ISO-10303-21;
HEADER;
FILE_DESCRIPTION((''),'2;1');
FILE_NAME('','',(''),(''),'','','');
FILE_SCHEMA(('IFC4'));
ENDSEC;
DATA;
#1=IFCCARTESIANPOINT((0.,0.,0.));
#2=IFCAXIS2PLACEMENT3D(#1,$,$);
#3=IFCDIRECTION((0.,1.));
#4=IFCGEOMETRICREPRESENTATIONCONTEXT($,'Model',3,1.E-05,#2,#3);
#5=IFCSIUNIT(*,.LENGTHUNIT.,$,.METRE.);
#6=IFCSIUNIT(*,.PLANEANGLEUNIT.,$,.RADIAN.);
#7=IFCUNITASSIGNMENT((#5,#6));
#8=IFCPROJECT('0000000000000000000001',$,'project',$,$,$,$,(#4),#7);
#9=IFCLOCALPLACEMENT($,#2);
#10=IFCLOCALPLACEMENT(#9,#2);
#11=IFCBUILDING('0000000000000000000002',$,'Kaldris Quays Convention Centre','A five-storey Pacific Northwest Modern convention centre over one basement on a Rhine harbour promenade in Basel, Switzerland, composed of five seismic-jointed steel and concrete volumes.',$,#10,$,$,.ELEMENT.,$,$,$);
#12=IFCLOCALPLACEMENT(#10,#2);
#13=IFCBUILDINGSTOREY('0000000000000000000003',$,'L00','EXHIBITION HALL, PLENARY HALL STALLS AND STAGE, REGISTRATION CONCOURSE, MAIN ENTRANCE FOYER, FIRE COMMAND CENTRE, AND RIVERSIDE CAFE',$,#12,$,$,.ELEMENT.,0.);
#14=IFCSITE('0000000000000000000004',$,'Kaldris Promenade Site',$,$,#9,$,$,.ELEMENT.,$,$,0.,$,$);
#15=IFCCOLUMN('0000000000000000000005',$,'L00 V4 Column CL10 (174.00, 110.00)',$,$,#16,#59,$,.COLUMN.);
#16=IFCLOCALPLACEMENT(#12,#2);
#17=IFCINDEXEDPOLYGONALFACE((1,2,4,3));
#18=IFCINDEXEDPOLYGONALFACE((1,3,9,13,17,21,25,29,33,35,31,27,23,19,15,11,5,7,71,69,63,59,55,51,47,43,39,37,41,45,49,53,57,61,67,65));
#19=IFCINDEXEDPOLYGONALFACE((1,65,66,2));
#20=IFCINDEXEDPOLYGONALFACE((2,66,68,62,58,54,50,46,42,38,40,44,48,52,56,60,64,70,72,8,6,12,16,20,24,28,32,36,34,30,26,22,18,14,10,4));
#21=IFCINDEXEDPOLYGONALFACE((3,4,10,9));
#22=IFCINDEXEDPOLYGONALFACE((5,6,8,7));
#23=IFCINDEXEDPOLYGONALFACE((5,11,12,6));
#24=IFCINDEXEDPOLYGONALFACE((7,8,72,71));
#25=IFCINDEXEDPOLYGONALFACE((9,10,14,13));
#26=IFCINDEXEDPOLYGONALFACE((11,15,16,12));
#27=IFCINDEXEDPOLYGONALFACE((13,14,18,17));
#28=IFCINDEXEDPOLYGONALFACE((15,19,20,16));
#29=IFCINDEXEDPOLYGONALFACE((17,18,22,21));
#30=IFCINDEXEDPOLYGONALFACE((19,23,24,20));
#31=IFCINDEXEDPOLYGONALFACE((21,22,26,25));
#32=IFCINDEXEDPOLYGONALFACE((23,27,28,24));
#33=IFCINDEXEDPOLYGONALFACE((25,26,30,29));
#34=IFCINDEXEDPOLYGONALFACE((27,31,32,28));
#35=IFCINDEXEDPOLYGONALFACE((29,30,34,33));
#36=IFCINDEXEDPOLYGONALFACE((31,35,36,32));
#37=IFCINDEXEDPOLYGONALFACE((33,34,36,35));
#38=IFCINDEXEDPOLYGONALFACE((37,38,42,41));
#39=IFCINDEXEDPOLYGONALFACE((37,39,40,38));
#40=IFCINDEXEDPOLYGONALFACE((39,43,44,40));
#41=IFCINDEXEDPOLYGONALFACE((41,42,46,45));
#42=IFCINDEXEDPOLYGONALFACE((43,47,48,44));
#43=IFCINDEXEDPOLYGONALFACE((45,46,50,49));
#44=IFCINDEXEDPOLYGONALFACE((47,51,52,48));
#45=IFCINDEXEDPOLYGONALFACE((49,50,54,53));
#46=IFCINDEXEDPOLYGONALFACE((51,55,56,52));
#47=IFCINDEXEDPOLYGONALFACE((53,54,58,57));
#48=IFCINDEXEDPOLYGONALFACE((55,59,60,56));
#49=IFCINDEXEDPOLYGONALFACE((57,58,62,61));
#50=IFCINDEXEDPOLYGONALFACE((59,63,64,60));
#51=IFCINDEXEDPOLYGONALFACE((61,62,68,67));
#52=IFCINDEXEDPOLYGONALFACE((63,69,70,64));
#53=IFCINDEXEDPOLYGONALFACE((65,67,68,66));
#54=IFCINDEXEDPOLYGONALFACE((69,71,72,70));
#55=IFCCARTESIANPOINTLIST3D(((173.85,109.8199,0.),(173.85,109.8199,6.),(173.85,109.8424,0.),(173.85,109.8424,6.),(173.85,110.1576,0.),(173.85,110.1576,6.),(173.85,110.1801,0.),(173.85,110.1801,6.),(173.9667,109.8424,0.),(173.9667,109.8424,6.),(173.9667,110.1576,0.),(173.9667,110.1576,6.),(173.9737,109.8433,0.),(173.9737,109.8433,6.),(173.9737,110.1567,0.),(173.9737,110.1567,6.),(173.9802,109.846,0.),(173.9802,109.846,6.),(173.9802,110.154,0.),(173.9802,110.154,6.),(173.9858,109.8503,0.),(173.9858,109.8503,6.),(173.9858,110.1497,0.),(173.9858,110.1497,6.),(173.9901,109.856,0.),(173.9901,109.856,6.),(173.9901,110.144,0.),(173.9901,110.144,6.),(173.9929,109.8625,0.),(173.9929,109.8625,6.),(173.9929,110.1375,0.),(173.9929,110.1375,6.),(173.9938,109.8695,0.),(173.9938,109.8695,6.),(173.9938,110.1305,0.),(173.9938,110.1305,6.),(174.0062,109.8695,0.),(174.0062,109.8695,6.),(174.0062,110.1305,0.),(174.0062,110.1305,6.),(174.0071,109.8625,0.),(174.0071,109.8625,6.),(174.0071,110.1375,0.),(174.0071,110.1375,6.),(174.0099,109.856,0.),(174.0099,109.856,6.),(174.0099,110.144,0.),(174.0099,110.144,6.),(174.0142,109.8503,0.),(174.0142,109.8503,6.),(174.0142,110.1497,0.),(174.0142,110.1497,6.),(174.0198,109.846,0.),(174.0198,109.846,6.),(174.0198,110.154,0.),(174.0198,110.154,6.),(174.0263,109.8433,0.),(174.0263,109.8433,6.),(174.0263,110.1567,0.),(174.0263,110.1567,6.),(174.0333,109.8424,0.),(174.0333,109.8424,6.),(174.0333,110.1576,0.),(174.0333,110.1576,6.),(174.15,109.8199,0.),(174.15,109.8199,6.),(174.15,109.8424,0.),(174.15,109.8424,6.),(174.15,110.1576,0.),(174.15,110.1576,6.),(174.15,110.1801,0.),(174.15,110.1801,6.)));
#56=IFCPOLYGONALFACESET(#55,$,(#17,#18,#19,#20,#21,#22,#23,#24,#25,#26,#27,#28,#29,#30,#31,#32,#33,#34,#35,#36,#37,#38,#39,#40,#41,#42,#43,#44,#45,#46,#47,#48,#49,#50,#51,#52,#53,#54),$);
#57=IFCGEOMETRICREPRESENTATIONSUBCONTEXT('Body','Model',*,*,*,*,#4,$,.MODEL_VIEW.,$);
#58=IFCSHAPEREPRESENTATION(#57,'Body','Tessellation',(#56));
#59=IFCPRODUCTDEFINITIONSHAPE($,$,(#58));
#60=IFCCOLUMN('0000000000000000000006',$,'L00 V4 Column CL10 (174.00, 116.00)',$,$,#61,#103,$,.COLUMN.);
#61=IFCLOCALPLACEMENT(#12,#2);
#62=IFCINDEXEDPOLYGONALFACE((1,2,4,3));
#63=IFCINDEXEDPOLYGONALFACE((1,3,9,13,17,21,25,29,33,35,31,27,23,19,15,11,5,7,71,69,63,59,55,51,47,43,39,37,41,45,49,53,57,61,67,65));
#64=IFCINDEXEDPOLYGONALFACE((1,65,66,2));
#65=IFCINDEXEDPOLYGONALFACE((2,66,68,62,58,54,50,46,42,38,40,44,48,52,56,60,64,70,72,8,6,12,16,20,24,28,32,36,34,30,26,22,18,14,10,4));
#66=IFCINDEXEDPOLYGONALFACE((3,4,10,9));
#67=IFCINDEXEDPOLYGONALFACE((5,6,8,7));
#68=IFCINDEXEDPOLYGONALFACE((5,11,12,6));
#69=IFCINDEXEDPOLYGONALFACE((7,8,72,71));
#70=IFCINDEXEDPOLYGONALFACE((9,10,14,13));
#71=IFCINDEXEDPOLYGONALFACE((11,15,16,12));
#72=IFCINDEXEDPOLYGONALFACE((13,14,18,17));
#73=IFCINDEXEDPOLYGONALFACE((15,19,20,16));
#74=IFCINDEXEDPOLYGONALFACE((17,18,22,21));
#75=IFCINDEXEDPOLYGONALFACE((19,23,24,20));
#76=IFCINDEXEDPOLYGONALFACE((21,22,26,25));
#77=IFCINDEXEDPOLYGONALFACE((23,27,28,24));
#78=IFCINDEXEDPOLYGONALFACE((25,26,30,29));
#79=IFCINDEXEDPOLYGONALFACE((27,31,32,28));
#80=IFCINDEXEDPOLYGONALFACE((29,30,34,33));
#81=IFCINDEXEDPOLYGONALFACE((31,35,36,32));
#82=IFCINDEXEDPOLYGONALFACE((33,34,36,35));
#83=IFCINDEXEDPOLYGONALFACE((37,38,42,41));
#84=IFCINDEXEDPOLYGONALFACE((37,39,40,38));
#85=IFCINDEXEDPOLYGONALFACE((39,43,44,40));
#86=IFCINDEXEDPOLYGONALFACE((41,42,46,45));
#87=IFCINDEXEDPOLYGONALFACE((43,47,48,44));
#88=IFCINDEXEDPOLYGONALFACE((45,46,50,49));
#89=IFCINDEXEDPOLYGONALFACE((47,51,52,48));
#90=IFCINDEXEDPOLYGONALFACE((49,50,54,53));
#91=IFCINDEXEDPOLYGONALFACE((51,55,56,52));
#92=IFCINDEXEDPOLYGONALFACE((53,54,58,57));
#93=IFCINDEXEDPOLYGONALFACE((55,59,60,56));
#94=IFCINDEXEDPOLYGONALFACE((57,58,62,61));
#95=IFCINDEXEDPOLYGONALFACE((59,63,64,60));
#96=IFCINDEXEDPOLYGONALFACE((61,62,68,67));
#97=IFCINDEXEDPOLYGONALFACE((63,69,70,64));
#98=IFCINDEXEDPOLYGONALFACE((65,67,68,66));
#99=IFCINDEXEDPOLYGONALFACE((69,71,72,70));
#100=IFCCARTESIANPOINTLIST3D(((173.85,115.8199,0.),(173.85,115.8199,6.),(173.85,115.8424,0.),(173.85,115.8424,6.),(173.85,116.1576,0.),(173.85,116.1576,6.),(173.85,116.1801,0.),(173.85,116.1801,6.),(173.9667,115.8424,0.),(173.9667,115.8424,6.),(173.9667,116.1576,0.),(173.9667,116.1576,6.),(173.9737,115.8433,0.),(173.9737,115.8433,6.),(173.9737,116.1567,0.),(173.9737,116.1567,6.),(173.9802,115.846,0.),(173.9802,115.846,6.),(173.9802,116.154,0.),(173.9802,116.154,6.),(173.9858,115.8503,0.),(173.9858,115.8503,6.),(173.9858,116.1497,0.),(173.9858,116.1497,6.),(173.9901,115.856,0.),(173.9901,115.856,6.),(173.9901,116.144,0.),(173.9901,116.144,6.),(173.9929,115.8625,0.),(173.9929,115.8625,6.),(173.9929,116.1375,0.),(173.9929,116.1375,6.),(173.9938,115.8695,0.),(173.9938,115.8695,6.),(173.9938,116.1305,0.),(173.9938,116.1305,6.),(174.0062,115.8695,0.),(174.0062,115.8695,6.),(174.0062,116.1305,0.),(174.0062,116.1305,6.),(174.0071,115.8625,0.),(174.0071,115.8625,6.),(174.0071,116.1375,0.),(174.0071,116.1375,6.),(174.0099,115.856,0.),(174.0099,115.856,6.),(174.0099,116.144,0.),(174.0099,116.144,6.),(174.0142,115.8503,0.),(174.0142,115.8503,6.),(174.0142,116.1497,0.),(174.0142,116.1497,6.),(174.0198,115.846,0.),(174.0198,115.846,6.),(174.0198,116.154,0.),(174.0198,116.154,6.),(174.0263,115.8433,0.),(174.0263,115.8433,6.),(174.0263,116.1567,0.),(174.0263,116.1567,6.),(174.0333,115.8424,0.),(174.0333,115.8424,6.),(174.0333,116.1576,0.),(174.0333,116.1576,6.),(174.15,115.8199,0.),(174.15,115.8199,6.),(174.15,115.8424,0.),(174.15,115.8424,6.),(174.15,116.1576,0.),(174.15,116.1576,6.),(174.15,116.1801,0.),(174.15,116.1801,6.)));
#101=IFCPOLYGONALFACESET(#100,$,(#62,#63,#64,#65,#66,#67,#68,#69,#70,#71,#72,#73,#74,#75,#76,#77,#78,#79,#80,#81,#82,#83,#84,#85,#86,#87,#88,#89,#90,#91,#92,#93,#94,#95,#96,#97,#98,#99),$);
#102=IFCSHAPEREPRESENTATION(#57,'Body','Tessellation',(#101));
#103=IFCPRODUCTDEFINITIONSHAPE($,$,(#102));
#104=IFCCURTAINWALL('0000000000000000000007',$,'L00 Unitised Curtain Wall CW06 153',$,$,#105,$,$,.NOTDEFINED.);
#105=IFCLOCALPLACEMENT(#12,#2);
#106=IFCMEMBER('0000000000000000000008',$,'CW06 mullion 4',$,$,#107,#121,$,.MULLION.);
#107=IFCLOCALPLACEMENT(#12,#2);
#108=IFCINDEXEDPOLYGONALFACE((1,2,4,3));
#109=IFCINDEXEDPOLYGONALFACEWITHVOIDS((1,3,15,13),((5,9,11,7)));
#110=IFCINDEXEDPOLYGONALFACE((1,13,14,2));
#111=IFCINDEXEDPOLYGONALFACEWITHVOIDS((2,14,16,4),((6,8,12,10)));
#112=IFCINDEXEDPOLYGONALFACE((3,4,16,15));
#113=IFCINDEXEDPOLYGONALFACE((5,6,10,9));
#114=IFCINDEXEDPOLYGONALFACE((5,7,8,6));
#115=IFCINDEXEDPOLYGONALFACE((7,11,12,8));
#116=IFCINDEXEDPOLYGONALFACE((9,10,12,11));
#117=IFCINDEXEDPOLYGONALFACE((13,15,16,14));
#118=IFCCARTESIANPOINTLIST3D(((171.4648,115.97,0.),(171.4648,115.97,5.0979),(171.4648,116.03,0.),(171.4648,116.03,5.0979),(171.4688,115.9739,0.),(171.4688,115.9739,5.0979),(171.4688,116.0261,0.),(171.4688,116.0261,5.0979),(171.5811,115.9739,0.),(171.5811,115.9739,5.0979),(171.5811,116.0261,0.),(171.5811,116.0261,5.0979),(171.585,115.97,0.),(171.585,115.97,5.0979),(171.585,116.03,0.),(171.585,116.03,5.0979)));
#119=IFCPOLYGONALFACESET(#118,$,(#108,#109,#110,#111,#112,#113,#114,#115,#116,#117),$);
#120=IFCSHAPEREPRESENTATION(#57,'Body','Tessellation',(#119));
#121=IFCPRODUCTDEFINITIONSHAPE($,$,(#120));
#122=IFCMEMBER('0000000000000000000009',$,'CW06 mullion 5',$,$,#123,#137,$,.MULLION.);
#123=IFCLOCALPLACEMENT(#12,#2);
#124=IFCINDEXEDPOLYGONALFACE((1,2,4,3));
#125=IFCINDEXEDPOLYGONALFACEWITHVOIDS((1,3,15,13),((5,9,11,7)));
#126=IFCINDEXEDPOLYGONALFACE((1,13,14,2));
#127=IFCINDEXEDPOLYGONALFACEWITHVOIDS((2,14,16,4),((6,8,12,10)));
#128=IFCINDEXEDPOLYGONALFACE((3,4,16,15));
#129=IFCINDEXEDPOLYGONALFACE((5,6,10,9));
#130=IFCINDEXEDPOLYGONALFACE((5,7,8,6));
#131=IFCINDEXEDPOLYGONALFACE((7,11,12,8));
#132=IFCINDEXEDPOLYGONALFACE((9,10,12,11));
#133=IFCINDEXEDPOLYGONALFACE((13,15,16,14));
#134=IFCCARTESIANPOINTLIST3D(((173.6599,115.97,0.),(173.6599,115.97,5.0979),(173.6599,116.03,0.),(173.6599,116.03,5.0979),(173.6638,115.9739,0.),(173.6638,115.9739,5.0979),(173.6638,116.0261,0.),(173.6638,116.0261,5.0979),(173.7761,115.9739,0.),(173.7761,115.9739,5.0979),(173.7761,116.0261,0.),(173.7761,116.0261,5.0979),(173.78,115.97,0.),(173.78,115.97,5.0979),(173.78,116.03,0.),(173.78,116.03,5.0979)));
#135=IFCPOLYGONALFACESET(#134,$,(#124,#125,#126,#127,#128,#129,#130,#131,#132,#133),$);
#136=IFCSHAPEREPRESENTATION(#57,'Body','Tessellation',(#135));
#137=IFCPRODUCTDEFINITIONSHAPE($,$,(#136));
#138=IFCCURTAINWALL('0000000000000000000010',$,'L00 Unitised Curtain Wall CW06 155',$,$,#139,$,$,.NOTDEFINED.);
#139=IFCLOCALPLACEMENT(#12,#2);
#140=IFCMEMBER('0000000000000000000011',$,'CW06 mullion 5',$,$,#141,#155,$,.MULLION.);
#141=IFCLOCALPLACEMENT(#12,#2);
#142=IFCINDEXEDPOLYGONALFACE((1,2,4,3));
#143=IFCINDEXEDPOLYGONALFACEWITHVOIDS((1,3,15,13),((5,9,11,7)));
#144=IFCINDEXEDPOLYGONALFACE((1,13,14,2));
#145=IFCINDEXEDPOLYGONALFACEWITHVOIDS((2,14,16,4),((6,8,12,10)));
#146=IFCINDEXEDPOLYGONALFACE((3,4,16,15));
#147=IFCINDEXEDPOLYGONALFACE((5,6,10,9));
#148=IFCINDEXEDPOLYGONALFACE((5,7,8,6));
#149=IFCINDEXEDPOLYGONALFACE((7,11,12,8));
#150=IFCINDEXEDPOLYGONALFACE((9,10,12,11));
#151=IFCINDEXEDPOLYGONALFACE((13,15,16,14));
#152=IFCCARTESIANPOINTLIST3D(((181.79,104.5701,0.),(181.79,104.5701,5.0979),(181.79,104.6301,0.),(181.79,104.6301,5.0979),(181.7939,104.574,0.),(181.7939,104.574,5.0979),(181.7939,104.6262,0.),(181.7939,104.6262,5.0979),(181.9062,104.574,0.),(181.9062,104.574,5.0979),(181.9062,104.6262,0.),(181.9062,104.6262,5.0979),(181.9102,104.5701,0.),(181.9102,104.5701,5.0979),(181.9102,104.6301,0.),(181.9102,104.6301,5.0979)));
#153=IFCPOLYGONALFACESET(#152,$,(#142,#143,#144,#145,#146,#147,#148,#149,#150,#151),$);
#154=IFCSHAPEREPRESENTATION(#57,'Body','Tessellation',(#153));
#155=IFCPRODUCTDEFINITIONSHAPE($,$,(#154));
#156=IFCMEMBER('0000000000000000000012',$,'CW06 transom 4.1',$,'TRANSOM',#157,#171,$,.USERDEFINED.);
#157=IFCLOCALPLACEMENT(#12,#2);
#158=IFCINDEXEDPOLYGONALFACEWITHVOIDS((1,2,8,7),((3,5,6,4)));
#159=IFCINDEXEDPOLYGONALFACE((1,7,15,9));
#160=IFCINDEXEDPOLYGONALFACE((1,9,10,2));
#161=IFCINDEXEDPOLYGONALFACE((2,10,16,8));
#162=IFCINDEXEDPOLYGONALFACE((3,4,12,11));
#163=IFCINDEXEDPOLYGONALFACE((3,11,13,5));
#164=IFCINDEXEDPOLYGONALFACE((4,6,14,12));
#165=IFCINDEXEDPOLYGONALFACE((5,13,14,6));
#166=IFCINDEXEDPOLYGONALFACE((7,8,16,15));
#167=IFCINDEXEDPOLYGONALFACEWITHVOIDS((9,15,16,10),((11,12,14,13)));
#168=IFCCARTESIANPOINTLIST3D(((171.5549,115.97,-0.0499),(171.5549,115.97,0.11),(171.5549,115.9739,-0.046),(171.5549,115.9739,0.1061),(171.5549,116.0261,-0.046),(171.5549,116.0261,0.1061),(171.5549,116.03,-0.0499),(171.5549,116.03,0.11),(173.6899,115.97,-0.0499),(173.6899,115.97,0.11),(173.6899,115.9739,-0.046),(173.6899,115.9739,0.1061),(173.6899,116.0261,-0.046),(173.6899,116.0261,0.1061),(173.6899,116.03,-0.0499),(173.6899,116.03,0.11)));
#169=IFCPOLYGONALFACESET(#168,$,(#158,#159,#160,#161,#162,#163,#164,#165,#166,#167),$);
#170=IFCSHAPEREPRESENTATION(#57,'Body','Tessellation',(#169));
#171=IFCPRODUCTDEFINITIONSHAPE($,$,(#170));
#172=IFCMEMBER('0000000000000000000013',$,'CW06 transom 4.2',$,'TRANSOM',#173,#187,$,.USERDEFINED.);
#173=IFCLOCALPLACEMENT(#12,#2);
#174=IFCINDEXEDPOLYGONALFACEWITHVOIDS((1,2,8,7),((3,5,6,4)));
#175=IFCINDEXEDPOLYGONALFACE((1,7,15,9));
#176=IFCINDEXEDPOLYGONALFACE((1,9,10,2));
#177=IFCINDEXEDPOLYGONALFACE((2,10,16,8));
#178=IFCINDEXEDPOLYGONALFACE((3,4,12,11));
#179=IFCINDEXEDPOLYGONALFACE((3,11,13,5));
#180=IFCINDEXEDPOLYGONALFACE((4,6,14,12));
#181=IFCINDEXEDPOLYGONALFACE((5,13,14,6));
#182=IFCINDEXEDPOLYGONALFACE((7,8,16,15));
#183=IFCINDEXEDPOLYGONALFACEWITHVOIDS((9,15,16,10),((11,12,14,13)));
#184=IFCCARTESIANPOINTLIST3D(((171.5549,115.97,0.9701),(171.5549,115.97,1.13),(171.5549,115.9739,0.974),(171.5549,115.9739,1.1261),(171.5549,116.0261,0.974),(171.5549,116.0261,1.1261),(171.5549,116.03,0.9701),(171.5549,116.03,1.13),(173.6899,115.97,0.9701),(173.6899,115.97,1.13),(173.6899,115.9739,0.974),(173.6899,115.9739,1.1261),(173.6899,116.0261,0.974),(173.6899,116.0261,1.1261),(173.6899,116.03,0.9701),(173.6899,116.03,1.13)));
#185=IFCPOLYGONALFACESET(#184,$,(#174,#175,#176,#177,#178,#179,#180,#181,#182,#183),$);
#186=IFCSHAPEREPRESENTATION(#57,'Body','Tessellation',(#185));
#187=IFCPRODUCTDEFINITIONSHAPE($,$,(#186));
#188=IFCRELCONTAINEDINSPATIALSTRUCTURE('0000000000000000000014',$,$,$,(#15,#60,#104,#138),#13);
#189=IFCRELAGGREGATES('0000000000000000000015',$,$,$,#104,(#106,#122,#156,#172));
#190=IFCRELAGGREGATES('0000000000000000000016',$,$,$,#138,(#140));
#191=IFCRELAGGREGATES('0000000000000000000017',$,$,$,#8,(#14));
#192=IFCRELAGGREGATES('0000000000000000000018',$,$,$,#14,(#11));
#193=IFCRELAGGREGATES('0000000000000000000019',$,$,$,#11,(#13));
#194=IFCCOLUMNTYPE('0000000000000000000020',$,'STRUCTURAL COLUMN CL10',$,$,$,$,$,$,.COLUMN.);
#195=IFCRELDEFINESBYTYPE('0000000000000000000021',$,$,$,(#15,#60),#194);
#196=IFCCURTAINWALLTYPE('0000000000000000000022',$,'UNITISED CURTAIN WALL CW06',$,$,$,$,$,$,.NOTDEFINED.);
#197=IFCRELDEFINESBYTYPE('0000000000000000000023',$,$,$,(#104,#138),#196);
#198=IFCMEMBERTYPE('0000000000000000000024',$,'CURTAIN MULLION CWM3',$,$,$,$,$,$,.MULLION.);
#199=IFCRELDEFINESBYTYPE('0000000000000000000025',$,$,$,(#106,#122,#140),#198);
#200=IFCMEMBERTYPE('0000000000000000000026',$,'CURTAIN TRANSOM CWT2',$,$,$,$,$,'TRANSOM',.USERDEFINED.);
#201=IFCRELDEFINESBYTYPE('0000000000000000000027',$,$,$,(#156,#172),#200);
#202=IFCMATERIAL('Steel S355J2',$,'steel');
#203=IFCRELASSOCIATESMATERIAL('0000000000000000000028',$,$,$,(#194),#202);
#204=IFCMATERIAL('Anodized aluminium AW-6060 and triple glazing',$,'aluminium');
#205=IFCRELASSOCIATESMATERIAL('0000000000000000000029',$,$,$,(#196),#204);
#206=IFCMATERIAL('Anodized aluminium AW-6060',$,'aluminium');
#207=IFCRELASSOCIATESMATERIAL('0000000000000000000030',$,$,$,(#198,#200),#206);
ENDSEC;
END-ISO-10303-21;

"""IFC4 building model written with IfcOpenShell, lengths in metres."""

from ifc_helpers import new_model, si_unit, direction, frame, origin, origin_2d, place, context, subcontext, project, spatial, hollow_rectangle, i_section, extrude, material, material_profile, profile_set, type_object, element, aggregate, save


model = new_model("IFC4")

# Units and contexts
model_context = context("Model", 3, precision=1e-05, world=origin(), true_north=direction((0.0, 1.0)))
body_context = subcontext(model_context, "Body", "Model", "MODEL_VIEW")
ifc_project = project(units=[si_unit("LENGTHUNIT", "METRE"), si_unit("PLANEANGLEUNIT", "RADIAN")], contexts=[model_context])

# Site, building, storey
site_placement = place(None, origin())
site = spatial("IfcSite", under=ifc_project, at=site_placement, Name="Kaldris Promenade Site", CompositionType="ELEMENT", RefElevation=0.0)
building_placement = place(site_placement, origin())
building = spatial("IfcBuilding", under=site, at=building_placement, Name="Kaldris Quays Convention Centre", Description="A five-storey Pacific Northwest Modern convention centre over one basement on a Rhine harbour promenade in Basel, Switzerland, composed of five seismic-jointed steel and concrete volumes.", CompositionType="ELEMENT")
storey_placement = place(building_placement, origin())
storey = spatial("IfcBuildingStorey", under=building, at=storey_placement, Name="L00", Description="EXHIBITION HALL, PLENARY HALL STALLS AND STAGE, REGISTRATION CONCOURSE, MAIN ENTRANCE FOYER, FIRE COMMAND CENTRE, AND RIVERSIDE CAFE", CompositionType="ELEMENT", Elevation=0.0)

# Columns
ifc_material_1 = material(Name="Steel S355J2", Category="steel")
ifc_material_profile_1 = material_profile(ifc_material_1, i_section(OverallWidth=0.3, OverallDepth=0.3601, WebThickness=0.0125, FlangeThickness=0.0225, FilletRadius=0.0271, at=origin_2d()), Name="HEB 360")
ifc_profile_set_1 = profile_set([ifc_material_profile_1], Name="Steel S355J2")
column_type = type_object("IfcColumnType", Name="STRUCTURAL COLUMN CL10", PredefinedType="COLUMN", material=ifc_profile_set_1)
for number, where, z_axis, x_axis, name in (
    (1, (174.0, 110.0, 0.0), (0.0, 0.0, 1.0), (1.0, 0.0, 0.0), "L00 V4 Column CL10 (174.00, 110.00)"),
    (2, (174.0, 116.0, 0.0), (0.0, 0.0, 1.0), (1.0, 0.0, 0.0), "L00 V4 Column CL10 (174.00, 116.00)"),
):
    element("IfcColumn", number, at=place(storey_placement, frame(where, z_axis=z_axis, x_axis=x_axis)), inside=storey, type_object=column_type, Name=name, PredefinedType="COLUMN", context=body_context, shape_type="SweptSolid", body=[
        extrude(i_section(OverallWidth=0.3, OverallDepth=0.3601, WebThickness=0.0125, FlangeThickness=0.0225, FilletRadius=0.0271, at=origin_2d()), origin(), (0.0, 0.0, 1.0), 6.0),
    ])

# Curtain wall, members
ifc_material_2 = material(Name="Anodized aluminium AW-6060 and triple glazing", Category="aluminium")
curtain_wall_type = type_object("IfcCurtainWallType", Name="UNITISED CURTAIN WALL CW06", PredefinedType="NOTDEFINED", material=ifc_material_2)
curtain_wall_1_placement = place(storey_placement, origin())
curtain_wall_1 = element("IfcCurtainWall", 3, at=curtain_wall_1_placement, inside=storey, type_object=curtain_wall_type, Name="L00 Unitised Curtain Wall CW06 153", PredefinedType="NOTDEFINED")
ifc_material_3 = material(Name="Anodized aluminium AW-6060", Category="aluminium")
ifc_material_profile_2 = material_profile(ifc_material_3, hollow_rectangle(XDim=0.0601, YDim=0.1201, WallThickness=0.0039, at=origin_2d()), Name="RHS 120x60x4")
ifc_profile_set_2 = profile_set([ifc_material_profile_2], Name="Anodized aluminium AW-6060")
member_type_1 = type_object("IfcMemberType", Name="CURTAIN MULLION CWM3", PredefinedType="MULLION", material=ifc_profile_set_2)
member_1_placement = place(storey_placement, frame((171.5249, 116.0, 0.0), z_axis=(0.0, 0.0, 1.0), x_axis=(0.0, 1.0, 0.0)))
member_1 = element("IfcMember", 4, at=member_1_placement, type_object=member_type_1, Name="CW06 mullion 4", PredefinedType="MULLION", context=body_context, shape_type="SweptSolid", body=[
    extrude(hollow_rectangle(XDim=0.0601, YDim=0.1201, WallThickness=0.0039, at=origin_2d()), origin(), (0.0, 0.0, 1.0), 5.0979),
])
member_2_placement = place(storey_placement, frame((173.72, 116.0, 0.0), z_axis=(0.0, 0.0, 1.0), x_axis=(0.0, 1.0, 0.0)))
member_2 = element("IfcMember", 5, at=member_2_placement, type_object=member_type_1, Name="CW06 mullion 5", PredefinedType="MULLION", context=body_context, shape_type="SweptSolid", body=[
    extrude(hollow_rectangle(XDim=0.0601, YDim=0.1201, WallThickness=0.0039, at=origin_2d()), origin(), (0.0, 0.0, 1.0), 5.0979),
])

# Curtain wall, member
curtain_wall_2_placement = place(storey_placement, origin())
curtain_wall_2 = element("IfcCurtainWall", 6, at=curtain_wall_2_placement, inside=storey, type_object=curtain_wall_type, Name="L00 Unitised Curtain Wall CW06 155", PredefinedType="NOTDEFINED")
member_3_placement = place(storey_placement, frame((181.8501, 104.6001, 0.0), z_axis=(0.0, 0.0, 1.0), x_axis=(0.0, 1.0, 0.0)))
member_3 = element("IfcMember", 7, at=member_3_placement, type_object=member_type_1, Name="CW06 mullion 5", PredefinedType="MULLION", context=body_context, shape_type="SweptSolid", body=[
    extrude(hollow_rectangle(XDim=0.0601, YDim=0.1201, WallThickness=0.0039, at=origin_2d()), origin(), (0.0, 0.0, 1.0), 5.0979),
])

# Members
ifc_material_profile_3 = material_profile(ifc_material_3, hollow_rectangle(XDim=0.0601, YDim=0.1599, WallThickness=0.0039, at=origin_2d()), Name="RHS 160x60x4")
ifc_profile_set_3 = profile_set([ifc_material_profile_3], Name="Anodized aluminium AW-6060")
member_type_2 = type_object("IfcMemberType", Name="CURTAIN TRANSOM CWT2", ElementType="TRANSOM", PredefinedType="USERDEFINED", material=ifc_profile_set_3)
member_4_placement = place(storey_placement, frame((171.5549, 116.0, 0.03), z_axis=(1.0, 0.0, 0.0), x_axis=(0.0, 1.0, 0.0)))
member_4 = element("IfcMember", 8, at=member_4_placement, type_object=member_type_2, Name="CW06 transom 4.1", ObjectType="TRANSOM", PredefinedType="USERDEFINED", context=body_context, shape_type="SweptSolid", body=[
    extrude(hollow_rectangle(XDim=0.0601, YDim=0.1599, WallThickness=0.0039, at=origin_2d()), origin(), (0.0, 0.0, 1.0), 2.135),
])
member_5_placement = place(storey_placement, frame((171.5549, 116.0, 1.05), z_axis=(1.0, 0.0, 0.0), x_axis=(0.0, 1.0, 0.0)))
member_5 = element("IfcMember", 9, at=member_5_placement, type_object=member_type_2, Name="CW06 transom 4.2", ObjectType="TRANSOM", PredefinedType="USERDEFINED", context=body_context, shape_type="SweptSolid", body=[
    extrude(hollow_rectangle(XDim=0.0601, YDim=0.1599, WallThickness=0.0039, at=origin_2d()), origin(), (0.0, 0.0, 1.0), 2.135),
])

aggregate(curtain_wall_1, [member_1, member_2, member_4, member_5])
aggregate(curtain_wall_2, [member_3])

save(model, "model.ifc")
